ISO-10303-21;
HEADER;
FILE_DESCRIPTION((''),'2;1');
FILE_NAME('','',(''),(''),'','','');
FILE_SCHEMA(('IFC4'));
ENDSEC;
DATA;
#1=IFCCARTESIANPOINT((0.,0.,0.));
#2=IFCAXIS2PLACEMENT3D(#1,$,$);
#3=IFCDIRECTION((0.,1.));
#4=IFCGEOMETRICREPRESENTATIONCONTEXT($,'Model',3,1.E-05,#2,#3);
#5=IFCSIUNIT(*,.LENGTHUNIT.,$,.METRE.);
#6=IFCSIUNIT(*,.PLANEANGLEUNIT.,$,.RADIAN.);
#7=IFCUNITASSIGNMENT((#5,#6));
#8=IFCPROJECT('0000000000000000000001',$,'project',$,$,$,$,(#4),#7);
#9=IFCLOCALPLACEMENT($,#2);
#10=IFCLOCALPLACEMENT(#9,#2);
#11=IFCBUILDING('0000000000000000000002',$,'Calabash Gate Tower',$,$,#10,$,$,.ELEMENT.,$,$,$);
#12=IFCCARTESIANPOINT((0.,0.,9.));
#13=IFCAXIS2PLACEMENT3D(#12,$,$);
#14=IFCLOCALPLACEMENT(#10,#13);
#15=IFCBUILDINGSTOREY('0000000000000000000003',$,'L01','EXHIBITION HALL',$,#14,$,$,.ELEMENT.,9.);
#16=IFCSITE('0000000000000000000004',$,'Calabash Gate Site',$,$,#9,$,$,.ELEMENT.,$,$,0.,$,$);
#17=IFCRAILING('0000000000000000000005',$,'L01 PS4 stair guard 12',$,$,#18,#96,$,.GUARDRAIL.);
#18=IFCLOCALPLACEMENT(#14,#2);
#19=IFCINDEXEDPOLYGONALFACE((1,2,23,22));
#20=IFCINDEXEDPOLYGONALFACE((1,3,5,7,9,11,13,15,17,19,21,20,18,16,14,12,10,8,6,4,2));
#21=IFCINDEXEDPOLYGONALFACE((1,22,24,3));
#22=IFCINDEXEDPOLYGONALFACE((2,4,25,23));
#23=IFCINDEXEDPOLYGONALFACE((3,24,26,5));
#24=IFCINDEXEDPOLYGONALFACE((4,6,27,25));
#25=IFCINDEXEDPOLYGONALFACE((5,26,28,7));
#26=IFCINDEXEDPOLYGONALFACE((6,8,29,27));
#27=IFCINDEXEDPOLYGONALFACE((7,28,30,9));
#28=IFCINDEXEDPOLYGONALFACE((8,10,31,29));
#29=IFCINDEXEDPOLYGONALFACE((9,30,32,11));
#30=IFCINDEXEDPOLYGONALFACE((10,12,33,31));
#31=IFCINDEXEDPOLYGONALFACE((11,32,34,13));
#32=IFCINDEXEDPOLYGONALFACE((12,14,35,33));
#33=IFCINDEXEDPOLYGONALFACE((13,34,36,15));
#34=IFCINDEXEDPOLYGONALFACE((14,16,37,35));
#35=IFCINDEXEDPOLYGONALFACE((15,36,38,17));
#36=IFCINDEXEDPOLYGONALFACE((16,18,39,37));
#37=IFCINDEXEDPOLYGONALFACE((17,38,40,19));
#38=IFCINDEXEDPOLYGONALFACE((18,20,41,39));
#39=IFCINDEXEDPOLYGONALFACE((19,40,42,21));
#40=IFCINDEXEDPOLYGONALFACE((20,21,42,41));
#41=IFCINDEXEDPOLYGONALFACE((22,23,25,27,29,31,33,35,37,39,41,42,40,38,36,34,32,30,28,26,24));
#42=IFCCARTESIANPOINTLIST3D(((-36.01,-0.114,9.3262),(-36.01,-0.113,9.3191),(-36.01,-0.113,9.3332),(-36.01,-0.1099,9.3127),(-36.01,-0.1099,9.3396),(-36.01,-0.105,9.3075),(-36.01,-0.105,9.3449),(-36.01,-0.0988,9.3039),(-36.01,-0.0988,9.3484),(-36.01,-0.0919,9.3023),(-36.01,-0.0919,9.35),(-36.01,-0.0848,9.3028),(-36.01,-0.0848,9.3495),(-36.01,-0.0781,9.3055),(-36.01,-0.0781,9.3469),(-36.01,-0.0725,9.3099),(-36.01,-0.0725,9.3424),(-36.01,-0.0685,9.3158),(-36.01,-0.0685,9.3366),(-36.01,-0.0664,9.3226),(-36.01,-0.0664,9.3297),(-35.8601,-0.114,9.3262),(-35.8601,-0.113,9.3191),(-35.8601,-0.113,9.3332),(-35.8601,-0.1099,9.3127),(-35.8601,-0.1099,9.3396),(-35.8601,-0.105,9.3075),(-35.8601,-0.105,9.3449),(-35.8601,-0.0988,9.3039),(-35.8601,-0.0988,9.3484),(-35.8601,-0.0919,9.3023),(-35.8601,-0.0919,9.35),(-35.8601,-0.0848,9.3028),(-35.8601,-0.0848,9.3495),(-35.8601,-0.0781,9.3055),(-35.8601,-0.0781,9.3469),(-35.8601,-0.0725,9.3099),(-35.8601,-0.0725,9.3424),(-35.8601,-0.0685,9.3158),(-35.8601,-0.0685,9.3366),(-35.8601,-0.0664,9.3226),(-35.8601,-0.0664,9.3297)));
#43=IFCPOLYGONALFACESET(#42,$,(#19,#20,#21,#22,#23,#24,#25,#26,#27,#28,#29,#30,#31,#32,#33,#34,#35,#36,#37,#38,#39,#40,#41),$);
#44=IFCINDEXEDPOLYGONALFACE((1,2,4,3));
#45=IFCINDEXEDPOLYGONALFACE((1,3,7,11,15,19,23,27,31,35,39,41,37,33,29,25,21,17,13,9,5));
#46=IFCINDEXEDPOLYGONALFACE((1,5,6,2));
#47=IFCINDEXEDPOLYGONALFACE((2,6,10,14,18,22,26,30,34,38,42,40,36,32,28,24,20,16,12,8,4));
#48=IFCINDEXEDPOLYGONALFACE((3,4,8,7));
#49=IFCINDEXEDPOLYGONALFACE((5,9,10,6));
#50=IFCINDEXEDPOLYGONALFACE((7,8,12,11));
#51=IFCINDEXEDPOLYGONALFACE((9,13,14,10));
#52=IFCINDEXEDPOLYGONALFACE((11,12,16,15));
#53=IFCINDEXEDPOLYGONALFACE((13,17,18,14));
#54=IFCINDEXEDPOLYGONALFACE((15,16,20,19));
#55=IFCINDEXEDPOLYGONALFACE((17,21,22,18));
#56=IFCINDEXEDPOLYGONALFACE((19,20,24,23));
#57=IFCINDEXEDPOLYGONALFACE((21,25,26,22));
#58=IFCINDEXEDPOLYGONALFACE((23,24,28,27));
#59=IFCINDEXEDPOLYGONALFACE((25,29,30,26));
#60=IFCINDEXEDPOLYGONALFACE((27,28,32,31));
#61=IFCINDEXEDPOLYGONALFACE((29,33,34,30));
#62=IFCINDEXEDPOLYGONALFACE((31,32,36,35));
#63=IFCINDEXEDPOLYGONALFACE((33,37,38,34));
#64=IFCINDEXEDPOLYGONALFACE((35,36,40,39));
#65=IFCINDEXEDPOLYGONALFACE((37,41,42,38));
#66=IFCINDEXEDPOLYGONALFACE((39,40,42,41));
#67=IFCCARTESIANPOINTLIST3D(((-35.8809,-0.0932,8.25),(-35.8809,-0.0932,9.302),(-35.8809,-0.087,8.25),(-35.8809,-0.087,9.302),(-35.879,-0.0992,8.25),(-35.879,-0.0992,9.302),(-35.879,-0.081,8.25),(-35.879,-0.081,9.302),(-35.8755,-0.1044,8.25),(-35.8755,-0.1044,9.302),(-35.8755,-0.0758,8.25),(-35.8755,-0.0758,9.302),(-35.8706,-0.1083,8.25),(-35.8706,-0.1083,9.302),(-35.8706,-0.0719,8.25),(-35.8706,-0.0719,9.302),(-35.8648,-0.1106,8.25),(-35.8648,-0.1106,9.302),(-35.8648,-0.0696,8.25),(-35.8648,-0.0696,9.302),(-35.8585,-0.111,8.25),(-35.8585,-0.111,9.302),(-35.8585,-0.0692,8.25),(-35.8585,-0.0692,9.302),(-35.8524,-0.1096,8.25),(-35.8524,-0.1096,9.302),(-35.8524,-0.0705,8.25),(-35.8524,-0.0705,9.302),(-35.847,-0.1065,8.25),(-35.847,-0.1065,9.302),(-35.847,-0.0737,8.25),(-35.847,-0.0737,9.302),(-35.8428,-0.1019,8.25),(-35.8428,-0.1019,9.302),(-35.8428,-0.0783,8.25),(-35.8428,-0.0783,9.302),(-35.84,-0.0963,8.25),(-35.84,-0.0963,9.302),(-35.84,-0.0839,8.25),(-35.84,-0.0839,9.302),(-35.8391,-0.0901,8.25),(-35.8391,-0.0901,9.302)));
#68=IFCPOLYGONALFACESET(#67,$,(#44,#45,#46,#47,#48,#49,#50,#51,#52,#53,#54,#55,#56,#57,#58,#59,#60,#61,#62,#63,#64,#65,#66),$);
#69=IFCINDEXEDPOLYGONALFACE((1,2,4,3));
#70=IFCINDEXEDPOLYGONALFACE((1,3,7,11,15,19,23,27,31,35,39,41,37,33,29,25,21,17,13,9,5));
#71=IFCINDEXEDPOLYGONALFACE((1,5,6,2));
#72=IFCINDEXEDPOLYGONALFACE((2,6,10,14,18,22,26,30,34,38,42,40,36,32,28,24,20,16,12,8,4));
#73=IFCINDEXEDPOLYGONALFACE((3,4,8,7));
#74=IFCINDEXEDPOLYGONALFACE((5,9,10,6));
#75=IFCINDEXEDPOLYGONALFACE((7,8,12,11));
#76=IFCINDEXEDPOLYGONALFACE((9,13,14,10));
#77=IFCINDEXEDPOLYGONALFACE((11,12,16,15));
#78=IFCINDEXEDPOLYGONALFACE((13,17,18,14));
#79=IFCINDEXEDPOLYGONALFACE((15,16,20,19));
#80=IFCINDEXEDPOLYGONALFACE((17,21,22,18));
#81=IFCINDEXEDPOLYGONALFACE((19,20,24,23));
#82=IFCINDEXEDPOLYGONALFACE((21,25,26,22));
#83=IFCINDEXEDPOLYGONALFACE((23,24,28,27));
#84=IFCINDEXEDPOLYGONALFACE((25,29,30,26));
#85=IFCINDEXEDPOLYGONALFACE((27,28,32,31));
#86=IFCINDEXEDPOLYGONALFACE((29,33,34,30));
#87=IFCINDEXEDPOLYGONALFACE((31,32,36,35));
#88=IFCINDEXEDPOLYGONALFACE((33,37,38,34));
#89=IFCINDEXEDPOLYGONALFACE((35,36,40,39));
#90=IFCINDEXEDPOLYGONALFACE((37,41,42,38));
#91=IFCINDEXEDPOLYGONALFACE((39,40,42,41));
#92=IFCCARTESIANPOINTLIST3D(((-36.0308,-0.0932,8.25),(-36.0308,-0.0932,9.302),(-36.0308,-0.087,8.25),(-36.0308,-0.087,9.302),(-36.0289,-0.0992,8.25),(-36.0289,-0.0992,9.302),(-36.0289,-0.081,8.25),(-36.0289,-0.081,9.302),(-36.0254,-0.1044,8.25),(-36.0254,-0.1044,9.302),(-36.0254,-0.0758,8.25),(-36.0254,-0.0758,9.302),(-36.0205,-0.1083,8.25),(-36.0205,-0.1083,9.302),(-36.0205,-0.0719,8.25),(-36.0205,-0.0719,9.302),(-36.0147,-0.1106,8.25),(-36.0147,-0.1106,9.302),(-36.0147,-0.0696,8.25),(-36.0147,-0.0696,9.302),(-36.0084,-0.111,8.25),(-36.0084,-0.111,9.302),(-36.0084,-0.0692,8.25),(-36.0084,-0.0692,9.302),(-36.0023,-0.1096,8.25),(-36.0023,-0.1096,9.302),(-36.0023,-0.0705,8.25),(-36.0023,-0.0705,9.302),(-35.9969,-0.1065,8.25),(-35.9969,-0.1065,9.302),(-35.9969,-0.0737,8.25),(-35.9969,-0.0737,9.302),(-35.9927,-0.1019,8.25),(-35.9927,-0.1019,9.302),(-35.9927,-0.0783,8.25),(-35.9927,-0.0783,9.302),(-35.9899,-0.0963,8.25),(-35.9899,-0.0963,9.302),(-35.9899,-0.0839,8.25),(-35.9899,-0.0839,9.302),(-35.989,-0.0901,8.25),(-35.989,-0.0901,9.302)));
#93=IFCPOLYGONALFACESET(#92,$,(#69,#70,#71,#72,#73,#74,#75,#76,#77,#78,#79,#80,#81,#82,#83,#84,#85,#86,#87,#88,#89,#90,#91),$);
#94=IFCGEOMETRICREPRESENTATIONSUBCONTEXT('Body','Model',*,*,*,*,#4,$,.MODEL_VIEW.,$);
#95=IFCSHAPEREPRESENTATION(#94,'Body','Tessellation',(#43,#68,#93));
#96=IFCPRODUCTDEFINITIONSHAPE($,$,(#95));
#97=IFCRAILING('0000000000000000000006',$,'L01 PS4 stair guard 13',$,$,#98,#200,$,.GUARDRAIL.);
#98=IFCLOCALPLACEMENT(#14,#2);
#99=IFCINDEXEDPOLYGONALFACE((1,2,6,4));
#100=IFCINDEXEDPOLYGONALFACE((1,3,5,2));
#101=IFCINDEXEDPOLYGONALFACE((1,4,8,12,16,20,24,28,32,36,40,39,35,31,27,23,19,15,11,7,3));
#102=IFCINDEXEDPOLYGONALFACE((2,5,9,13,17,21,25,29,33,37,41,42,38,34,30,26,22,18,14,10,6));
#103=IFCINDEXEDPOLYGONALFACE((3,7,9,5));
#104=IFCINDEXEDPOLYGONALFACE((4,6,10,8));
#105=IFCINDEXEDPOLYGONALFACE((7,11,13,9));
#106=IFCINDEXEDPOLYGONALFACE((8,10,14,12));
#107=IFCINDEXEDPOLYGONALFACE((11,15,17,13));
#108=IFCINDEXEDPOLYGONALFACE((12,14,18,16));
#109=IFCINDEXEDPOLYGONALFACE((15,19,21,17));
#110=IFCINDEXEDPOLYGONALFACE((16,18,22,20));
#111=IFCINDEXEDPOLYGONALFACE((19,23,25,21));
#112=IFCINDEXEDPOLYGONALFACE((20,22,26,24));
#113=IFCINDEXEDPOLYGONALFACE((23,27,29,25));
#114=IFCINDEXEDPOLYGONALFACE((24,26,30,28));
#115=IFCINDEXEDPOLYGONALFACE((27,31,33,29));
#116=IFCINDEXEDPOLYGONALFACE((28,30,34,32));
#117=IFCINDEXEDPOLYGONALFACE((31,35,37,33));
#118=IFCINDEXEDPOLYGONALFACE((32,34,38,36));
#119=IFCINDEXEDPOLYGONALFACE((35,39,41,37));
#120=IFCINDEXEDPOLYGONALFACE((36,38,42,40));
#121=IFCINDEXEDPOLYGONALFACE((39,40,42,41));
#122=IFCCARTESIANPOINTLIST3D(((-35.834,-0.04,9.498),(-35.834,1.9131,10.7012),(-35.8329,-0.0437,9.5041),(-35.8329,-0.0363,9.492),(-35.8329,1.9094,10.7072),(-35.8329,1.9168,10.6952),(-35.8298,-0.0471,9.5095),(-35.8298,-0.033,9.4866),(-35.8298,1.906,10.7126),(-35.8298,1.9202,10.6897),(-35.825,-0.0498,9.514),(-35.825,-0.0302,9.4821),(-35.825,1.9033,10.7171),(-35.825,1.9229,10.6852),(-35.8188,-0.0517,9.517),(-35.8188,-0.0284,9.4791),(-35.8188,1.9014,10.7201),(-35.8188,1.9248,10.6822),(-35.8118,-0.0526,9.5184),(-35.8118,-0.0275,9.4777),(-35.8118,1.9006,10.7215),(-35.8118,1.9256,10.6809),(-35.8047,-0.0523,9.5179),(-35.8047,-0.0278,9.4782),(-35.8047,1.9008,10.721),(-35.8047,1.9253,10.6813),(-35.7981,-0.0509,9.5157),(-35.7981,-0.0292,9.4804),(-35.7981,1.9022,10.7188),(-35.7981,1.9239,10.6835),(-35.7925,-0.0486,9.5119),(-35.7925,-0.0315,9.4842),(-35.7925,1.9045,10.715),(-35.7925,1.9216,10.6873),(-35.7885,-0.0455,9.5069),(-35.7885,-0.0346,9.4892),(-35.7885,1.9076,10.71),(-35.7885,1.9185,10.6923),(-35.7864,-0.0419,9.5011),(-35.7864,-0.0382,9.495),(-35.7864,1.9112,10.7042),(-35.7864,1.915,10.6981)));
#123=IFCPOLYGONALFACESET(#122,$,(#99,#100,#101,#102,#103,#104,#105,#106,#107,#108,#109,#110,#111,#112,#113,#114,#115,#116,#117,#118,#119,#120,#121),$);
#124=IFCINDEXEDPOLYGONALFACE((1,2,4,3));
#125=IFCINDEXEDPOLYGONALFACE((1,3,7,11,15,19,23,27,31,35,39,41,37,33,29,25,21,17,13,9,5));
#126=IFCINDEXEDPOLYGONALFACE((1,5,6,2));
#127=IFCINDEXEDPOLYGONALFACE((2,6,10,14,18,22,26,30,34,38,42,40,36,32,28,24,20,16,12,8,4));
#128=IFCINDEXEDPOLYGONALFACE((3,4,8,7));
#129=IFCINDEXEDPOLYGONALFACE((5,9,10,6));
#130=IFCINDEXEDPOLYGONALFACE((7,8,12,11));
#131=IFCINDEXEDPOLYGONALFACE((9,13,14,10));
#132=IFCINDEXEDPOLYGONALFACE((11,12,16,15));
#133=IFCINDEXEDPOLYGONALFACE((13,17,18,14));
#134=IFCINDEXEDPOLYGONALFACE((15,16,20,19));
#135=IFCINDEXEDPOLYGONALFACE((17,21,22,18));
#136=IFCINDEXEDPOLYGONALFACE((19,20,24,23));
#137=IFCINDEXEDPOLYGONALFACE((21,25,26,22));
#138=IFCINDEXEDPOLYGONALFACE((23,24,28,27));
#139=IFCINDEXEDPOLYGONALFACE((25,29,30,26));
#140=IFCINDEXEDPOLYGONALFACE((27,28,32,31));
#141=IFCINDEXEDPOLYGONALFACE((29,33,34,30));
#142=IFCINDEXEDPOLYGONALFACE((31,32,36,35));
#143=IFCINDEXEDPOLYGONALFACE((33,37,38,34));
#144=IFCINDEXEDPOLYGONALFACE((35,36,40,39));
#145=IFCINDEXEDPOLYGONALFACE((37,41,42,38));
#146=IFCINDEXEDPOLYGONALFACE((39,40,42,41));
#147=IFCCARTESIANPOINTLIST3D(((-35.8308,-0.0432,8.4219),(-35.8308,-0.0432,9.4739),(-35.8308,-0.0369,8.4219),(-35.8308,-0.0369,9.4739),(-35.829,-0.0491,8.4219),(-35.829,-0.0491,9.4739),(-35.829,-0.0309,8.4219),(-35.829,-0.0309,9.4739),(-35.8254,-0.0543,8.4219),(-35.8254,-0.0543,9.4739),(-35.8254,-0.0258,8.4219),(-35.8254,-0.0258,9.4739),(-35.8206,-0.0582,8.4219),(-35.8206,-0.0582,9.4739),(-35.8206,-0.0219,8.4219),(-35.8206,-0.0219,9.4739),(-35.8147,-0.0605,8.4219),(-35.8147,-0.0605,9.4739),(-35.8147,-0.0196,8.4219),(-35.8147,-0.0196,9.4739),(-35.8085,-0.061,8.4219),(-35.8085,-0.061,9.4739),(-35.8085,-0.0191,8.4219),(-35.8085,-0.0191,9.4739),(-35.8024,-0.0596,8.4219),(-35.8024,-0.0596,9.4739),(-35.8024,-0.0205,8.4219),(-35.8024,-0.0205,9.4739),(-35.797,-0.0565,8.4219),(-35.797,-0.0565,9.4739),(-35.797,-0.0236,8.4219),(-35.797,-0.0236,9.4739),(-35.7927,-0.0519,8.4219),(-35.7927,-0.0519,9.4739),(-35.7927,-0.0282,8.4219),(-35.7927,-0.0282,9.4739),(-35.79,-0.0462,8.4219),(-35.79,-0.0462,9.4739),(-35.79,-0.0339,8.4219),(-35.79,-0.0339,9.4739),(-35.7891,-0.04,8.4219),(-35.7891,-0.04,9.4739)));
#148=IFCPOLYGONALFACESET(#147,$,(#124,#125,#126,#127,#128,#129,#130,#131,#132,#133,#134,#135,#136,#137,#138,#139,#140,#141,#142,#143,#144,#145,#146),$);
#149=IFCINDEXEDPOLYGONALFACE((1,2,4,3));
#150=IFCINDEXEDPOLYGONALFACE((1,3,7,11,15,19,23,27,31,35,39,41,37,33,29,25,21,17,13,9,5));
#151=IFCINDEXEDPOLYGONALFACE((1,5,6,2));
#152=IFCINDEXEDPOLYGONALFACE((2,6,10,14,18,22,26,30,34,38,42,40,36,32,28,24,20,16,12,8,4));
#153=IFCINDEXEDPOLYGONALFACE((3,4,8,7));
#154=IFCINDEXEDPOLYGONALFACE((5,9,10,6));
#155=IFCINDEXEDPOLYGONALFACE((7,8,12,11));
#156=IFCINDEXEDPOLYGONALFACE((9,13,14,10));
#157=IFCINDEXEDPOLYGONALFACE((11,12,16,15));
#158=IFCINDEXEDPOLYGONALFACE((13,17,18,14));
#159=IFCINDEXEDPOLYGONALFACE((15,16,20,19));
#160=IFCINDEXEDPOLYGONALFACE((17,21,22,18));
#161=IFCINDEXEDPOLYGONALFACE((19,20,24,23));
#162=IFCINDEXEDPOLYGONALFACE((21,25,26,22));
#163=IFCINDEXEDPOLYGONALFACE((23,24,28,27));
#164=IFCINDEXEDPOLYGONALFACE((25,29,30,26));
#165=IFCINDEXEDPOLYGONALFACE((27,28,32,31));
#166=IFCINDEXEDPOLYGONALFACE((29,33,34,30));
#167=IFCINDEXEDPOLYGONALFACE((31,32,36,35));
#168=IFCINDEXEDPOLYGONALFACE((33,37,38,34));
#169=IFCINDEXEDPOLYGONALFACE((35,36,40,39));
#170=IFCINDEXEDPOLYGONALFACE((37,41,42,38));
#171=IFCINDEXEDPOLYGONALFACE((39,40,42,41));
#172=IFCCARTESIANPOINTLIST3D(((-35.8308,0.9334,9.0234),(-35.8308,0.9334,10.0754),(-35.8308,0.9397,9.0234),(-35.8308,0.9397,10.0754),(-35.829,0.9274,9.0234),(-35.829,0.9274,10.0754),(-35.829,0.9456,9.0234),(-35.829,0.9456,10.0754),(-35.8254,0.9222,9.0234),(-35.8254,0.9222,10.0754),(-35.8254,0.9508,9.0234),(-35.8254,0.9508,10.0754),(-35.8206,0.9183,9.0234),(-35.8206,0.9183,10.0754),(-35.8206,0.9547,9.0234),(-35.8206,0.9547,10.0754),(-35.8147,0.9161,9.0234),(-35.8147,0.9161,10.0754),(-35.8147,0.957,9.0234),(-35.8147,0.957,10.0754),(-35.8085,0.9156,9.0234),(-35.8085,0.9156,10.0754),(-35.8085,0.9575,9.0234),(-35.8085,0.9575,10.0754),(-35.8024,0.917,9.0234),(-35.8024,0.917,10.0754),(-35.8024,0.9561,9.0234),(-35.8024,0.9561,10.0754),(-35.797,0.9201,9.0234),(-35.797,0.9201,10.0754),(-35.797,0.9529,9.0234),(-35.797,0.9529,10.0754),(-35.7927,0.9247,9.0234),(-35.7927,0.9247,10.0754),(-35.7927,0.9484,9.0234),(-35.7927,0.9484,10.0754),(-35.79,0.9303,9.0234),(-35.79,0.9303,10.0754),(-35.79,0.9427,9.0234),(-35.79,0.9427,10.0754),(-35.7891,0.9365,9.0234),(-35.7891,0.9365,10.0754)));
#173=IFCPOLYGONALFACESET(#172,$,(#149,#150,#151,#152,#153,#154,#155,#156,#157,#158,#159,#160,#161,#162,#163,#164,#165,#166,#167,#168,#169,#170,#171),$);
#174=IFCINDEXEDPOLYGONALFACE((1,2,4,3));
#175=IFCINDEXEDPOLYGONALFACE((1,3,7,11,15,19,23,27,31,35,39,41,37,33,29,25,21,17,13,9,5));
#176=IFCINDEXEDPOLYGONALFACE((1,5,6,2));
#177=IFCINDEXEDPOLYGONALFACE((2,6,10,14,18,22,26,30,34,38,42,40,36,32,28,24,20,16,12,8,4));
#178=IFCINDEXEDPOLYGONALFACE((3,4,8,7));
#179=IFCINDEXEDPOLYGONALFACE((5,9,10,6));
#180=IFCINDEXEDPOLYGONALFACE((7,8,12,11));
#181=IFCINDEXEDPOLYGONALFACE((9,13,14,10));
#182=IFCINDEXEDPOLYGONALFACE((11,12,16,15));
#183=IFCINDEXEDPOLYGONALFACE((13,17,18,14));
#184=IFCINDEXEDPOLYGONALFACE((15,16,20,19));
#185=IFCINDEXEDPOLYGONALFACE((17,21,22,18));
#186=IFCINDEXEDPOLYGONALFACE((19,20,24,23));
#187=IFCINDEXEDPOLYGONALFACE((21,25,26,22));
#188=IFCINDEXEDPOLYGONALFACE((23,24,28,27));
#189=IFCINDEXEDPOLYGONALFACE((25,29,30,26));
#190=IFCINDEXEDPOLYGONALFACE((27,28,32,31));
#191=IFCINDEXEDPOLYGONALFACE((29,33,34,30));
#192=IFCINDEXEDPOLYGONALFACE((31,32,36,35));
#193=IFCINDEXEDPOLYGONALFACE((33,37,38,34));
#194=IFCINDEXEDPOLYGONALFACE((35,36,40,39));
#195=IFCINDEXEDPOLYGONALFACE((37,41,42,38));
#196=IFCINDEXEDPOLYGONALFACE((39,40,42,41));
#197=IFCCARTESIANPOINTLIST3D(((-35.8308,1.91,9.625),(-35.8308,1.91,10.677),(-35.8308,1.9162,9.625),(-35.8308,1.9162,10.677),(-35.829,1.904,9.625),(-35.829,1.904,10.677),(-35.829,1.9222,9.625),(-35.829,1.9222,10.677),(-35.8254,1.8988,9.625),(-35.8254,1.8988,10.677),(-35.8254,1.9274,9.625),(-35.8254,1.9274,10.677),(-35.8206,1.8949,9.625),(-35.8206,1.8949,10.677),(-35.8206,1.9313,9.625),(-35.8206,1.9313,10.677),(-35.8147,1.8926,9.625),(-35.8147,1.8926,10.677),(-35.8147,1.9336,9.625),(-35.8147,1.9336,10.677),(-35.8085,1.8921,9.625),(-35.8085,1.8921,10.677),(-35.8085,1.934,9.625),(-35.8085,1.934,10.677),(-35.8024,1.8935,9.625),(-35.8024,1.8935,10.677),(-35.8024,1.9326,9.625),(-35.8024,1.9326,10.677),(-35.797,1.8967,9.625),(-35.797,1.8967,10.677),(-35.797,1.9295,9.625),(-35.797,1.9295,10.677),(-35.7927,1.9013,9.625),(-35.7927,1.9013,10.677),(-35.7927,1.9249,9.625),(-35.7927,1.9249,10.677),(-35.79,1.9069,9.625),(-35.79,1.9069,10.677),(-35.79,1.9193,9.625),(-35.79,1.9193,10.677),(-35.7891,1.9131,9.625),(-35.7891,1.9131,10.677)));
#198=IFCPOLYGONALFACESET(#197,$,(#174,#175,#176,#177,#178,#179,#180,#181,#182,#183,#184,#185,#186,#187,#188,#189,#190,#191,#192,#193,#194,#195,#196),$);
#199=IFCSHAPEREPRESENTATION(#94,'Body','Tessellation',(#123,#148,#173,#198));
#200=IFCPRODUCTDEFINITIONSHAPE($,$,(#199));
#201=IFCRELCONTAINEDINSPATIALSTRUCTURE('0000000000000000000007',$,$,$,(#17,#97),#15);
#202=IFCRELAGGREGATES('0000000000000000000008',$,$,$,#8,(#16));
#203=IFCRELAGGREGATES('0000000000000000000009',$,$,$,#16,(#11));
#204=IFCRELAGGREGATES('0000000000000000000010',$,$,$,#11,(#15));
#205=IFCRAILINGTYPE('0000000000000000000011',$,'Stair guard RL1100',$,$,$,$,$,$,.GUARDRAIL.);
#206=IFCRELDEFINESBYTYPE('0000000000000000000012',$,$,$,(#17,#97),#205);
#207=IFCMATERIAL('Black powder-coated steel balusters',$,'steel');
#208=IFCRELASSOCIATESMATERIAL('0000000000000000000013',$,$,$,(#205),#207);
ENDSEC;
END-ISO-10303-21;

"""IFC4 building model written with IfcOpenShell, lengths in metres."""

from ifc_helpers import new_model, si_unit, direction, frame, origin, origin_2d, place, context, subcontext, project, spatial, circle, extrude, material, type_object, element, save


model = new_model("IFC4")

# Units and contexts
model_context = context("Model", 3, precision=1e-05, world=origin(), true_north=direction((0.0, 1.0)))
body_context = subcontext(model_context, "Body", "Model", "MODEL_VIEW")
ifc_project = project(units=[si_unit("LENGTHUNIT", "METRE"), si_unit("PLANEANGLEUNIT", "RADIAN")], contexts=[model_context])

# Site, building, storey
site_placement = place(None, origin())
site = spatial("IfcSite", under=ifc_project, at=site_placement, Name="Calabash Gate Site", CompositionType="ELEMENT", RefElevation=0.0)
building_placement = place(site_placement, origin())
building = spatial("IfcBuilding", under=site, at=building_placement, Name="Calabash Gate Tower", CompositionType="ELEMENT")
storey_placement = place(building_placement, frame((0.0, 0.0, 9.0)))
storey = spatial("IfcBuildingStorey", under=building, at=storey_placement, Name="L01", Description="EXHIBITION HALL", CompositionType="ELEMENT", Elevation=9.0)

# Railings
ifc_material_1 = material(Name="Black powder-coated steel balusters", Category="steel")
railing_type_1 = type_object("IfcRailingType", Name="Stair guard RL1100", PredefinedType="GUARDRAIL", material=ifc_material_1)
railing_1_placement = place(storey_placement, frame((-35.8601, -0.0901, 8.25)))
element("IfcRailing", 1, at=railing_1_placement, inside=storey, type_object=railing_type_1, Name="L01 PS4 stair guard 12", PredefinedType="GUARDRAIL", context=body_context, shape_type="SweptSolid", body=[
    extrude(circle(Radius=0.0239, at=origin_2d()), frame((0.0, 0.0, 1.0762), z_axis=(-1.0, 0.0, 0.0), x_axis=(0.0, -1.0, 0.0)), (0.0, 0.0, 1.0), 0.1499),
    extrude(circle(Radius=0.021, at=origin_2d()), origin(), (0.0, 0.0, 1.0), 1.052),
    extrude(circle(Radius=0.021, at=origin_2d()), frame((-0.1499, 0.0, 0.0)), (0.0, 0.0, 1.0), 1.052),
])
railing_2_placement = place(storey_placement, frame((-35.8101, -0.04, 8.4219)))
element("IfcRailing", 2, at=railing_2_placement, inside=storey, type_object=railing_type_1, Name="L01 PS4 stair guard 13", PredefinedType="GUARDRAIL", context=body_context, shape_type="SweptSolid", body=[
    extrude(circle(Radius=0.0239, at=origin_2d()), frame((0.0, 0.0, 1.0762), z_axis=(0.0, 0.851424, 0.524477), x_axis=(-1.0, 0.0, 0.0)), (0.0, 0.0, 1.0), 2.2939),
    extrude(circle(Radius=0.021, at=origin_2d()), origin(), (0.0, 0.0, 1.0), 1.052),
    extrude(circle(Radius=0.021, at=origin_2d()), frame((0.0, 0.9766, 0.6016)), (0.0, 0.0, 1.0), 1.052),
    extrude(circle(Radius=0.021, at=origin_2d()), frame((0.0, 1.9531, 1.2031)), (0.0, 0.0, 1.0), 1.052),
])

save(model, "model.ifc")
